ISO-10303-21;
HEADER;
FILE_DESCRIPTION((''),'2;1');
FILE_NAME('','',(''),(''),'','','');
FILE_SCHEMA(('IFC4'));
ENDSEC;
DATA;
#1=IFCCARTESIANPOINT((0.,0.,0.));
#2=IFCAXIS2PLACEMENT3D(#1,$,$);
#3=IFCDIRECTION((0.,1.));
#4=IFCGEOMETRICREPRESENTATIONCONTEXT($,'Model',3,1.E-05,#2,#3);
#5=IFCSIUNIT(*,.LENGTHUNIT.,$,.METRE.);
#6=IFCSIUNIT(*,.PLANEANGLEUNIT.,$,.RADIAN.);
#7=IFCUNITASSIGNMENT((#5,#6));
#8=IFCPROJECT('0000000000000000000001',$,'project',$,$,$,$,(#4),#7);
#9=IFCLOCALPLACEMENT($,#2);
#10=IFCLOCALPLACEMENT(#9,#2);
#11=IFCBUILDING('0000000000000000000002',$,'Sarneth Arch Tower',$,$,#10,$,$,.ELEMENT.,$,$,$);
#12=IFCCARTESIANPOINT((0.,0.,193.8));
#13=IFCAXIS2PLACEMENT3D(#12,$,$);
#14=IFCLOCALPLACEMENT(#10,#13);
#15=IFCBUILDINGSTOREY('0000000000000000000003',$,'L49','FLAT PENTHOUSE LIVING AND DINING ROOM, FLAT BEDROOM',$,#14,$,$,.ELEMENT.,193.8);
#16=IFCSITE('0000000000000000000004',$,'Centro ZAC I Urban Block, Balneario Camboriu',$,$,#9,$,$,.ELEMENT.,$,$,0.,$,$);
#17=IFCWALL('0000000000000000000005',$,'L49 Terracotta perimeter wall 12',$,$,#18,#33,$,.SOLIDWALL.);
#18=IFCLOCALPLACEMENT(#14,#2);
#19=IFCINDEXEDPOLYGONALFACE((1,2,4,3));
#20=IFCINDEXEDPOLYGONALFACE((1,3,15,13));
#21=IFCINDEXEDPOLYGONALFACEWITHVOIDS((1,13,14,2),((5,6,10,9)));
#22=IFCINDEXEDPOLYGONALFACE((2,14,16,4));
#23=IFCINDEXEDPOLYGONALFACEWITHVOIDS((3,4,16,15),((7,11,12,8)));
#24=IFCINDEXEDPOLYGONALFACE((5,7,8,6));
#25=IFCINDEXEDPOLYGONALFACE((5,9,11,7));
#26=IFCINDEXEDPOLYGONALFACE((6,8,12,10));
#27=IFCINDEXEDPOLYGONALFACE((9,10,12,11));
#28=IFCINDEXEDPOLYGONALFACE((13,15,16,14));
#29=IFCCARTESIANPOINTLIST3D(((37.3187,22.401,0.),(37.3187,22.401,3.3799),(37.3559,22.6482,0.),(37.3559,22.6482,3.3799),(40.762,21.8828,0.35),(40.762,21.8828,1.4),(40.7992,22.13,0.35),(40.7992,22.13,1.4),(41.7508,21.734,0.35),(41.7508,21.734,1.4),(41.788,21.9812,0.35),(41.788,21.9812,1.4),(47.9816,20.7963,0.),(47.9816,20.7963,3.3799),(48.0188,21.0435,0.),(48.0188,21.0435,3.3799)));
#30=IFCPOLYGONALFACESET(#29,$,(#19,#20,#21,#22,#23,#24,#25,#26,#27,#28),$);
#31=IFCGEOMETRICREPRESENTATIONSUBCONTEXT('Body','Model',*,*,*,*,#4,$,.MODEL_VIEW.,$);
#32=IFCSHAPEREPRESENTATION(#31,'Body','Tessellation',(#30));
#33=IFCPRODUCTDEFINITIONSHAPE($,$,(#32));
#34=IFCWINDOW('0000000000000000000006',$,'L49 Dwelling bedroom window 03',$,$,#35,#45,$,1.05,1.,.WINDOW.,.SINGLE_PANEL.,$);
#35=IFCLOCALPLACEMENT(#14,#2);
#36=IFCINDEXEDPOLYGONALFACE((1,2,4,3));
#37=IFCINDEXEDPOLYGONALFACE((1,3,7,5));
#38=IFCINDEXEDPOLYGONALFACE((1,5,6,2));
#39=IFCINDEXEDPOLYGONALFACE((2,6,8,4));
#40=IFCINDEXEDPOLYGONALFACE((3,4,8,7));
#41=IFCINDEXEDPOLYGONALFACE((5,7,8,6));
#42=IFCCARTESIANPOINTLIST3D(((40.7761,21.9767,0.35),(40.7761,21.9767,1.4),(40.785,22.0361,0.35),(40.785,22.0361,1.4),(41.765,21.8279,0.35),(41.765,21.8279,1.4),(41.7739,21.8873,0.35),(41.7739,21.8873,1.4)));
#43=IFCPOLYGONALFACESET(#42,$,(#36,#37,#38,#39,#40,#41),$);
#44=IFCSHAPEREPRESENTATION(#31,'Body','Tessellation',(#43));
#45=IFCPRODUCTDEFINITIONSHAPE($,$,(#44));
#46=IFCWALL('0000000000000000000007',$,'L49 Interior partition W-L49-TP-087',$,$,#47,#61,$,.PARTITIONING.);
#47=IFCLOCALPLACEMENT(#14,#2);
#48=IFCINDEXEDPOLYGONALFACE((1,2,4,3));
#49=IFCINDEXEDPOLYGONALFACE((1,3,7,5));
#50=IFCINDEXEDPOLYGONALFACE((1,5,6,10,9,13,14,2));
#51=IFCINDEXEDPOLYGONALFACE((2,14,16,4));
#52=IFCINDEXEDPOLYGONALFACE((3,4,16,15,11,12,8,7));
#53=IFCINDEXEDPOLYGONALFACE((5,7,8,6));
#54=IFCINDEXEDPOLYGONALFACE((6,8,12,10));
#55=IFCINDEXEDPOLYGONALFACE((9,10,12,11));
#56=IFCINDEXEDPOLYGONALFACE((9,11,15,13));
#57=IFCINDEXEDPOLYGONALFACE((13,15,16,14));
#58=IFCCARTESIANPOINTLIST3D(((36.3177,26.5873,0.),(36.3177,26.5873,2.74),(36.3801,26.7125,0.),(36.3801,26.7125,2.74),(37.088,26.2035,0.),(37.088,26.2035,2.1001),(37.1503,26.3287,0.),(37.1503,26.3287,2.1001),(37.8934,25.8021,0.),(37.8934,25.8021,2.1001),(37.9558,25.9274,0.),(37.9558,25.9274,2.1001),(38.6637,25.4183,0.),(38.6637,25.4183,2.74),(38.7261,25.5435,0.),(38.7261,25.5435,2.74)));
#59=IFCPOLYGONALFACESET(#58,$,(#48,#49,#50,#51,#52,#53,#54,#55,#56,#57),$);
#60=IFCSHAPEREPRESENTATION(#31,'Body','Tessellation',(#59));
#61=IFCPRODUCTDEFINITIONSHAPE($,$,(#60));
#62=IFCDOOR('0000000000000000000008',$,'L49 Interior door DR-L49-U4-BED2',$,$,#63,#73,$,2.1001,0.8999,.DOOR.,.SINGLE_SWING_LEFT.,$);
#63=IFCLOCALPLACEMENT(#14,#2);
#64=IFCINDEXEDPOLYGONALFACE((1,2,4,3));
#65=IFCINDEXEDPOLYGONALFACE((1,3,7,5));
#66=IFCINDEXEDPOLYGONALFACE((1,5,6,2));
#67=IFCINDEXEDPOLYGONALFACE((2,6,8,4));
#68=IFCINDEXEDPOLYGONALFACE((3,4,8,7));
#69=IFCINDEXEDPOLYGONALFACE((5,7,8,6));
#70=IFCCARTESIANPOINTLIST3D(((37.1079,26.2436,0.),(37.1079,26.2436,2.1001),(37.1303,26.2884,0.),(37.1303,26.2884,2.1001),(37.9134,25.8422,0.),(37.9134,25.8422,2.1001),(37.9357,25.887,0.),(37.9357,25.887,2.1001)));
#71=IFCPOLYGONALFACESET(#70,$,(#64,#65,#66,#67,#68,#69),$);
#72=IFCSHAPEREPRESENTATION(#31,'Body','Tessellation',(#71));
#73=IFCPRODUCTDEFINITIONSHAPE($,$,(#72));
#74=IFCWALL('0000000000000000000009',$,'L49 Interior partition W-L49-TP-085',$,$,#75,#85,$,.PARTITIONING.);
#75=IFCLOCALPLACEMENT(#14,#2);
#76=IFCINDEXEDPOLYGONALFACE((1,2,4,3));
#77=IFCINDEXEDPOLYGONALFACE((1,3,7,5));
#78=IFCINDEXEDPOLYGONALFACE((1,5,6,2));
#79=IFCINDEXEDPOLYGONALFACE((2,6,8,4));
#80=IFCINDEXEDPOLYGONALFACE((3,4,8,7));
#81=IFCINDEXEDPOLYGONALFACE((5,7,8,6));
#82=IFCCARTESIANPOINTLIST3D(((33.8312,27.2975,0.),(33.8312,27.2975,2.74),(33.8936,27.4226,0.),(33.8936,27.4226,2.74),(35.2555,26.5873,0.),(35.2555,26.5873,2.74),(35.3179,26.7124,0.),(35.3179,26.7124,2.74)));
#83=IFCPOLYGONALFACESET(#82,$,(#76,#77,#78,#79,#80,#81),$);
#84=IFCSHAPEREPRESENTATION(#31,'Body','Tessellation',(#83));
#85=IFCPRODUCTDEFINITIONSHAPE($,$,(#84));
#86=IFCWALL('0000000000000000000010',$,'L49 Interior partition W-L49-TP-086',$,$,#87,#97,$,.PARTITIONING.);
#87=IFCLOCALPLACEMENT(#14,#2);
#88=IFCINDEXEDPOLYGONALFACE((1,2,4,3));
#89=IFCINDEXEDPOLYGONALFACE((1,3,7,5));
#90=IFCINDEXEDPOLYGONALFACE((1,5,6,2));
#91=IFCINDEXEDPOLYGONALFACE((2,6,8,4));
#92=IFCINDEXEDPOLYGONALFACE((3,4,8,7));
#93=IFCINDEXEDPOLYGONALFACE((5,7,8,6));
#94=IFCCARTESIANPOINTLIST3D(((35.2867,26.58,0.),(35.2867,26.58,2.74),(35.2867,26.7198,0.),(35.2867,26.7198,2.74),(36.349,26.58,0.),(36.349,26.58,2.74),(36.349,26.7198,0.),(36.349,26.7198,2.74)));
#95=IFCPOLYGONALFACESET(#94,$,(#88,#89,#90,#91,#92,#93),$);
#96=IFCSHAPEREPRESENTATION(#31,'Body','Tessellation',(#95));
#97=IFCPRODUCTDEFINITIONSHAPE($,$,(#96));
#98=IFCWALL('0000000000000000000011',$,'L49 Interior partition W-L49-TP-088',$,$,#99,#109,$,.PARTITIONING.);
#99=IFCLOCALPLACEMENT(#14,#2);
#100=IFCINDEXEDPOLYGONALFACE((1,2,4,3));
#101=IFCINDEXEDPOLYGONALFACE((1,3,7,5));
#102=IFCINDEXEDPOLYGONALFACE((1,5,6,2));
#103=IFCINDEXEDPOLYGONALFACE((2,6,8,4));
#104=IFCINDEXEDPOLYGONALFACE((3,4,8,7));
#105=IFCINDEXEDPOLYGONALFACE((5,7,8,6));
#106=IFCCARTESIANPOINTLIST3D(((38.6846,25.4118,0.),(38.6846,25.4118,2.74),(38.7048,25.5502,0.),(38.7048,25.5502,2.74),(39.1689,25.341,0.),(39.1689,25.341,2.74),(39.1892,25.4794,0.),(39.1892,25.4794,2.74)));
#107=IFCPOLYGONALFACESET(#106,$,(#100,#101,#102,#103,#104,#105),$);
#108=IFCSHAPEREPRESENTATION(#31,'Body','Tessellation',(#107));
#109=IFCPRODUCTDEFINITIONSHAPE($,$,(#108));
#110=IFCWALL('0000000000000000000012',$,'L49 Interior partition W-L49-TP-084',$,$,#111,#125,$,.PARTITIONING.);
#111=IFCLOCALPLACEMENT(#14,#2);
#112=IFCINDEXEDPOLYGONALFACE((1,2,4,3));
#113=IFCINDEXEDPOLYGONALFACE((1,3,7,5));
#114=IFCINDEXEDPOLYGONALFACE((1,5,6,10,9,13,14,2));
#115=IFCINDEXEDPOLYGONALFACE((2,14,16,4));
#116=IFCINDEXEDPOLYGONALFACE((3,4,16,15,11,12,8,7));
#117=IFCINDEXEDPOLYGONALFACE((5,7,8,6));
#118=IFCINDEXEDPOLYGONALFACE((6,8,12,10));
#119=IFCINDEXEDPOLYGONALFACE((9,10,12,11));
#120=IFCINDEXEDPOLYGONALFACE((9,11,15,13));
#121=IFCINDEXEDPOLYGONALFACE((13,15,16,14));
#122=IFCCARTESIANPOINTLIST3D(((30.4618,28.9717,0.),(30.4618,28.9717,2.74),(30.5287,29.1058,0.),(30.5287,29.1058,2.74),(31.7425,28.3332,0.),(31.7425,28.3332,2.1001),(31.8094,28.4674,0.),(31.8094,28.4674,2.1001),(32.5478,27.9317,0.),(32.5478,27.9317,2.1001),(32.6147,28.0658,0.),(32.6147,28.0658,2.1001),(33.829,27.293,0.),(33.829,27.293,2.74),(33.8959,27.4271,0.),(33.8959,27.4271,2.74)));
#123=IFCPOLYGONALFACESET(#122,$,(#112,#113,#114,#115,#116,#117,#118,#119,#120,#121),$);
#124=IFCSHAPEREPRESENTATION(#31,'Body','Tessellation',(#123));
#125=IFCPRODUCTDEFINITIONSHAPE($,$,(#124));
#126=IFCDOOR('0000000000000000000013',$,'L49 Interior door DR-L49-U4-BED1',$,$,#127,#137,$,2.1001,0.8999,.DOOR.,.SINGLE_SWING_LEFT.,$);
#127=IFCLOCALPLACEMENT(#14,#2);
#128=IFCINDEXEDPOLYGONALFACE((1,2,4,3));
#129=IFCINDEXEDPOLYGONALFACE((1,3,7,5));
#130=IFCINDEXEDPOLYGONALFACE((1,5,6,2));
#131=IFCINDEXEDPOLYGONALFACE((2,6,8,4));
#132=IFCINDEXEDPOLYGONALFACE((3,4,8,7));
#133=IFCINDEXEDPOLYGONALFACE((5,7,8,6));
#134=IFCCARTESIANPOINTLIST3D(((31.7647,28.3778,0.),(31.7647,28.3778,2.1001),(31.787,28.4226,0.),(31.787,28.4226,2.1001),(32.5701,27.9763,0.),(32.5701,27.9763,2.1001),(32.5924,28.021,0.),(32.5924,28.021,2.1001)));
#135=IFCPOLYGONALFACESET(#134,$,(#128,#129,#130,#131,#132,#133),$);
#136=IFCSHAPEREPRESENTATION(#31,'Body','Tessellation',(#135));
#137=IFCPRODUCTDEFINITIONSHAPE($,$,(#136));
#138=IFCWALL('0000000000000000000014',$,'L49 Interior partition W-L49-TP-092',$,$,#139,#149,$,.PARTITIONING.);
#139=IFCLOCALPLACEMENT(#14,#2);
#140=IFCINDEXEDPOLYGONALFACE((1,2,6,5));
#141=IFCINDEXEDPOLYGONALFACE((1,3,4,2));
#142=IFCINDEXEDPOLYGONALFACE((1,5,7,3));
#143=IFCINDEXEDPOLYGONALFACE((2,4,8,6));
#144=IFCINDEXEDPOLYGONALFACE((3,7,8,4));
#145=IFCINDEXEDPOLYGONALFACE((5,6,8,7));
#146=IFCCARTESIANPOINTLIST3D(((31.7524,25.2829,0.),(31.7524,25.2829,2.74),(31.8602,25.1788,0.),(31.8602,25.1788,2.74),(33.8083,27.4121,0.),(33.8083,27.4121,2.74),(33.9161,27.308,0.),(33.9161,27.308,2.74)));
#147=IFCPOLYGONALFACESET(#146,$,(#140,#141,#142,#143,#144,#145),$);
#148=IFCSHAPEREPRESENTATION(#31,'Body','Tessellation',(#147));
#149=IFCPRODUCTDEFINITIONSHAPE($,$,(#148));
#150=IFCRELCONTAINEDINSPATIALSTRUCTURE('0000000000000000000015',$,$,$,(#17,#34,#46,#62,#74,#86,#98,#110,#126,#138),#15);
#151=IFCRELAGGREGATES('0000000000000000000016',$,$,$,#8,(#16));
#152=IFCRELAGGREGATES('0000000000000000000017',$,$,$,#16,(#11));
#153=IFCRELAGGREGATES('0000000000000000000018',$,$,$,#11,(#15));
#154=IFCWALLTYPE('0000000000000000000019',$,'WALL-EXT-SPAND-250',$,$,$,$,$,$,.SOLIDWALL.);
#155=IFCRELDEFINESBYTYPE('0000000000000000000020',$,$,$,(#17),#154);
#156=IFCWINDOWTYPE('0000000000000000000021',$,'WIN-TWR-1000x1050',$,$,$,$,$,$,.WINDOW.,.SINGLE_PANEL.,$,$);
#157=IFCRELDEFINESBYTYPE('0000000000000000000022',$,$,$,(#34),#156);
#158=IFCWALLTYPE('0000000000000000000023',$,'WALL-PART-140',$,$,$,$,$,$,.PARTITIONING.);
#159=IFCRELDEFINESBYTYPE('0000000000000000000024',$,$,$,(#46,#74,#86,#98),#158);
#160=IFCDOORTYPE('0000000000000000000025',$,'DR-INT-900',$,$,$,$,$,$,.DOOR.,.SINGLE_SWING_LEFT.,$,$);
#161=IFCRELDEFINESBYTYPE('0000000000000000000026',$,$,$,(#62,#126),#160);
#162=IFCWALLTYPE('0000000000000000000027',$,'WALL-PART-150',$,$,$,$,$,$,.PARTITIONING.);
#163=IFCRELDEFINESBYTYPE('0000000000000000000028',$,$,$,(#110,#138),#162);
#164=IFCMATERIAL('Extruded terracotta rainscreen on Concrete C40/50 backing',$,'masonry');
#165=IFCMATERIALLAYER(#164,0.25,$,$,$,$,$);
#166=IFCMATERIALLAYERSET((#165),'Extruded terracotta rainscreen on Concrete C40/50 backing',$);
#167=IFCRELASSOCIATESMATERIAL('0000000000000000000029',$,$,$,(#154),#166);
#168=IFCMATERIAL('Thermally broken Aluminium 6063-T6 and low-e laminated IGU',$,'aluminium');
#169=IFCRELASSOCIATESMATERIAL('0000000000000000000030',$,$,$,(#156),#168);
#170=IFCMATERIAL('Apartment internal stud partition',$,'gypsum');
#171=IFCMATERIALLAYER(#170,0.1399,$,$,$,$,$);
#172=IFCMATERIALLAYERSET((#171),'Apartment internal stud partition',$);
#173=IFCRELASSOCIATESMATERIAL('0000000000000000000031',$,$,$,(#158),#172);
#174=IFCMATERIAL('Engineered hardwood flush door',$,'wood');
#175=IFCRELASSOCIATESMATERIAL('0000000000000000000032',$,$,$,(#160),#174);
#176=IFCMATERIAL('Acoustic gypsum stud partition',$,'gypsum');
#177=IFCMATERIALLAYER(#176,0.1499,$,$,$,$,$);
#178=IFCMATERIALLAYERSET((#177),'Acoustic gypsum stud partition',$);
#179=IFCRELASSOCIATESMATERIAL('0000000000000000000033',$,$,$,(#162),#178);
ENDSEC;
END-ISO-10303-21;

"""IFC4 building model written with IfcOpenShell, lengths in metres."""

from ifc_helpers import new_model, si_unit, direction, frame, frame_2d, origin, place, context, subcontext, project, spatial, rectangle, extrude, material, layer, layer_set, type_object, element, fill, save


model = new_model("IFC4")

# Units and contexts
model_context = context("Model", 3, precision=1e-05, world=origin(), true_north=direction((0.0, 1.0)))
body_context = subcontext(model_context, "Body", "Model", "MODEL_VIEW")
ifc_project = project(units=[si_unit("LENGTHUNIT", "METRE"), si_unit("PLANEANGLEUNIT", "RADIAN")], contexts=[model_context])

# Site, building, storey
site_placement = place(None, origin())
site = spatial("IfcSite", under=ifc_project, at=site_placement, Name="Centro ZAC I Urban Block, Balneario Camboriu", CompositionType="ELEMENT", RefElevation=0.0)
building_placement = place(site_placement, origin())
building = spatial("IfcBuilding", under=site, at=building_placement, Name="Sarneth Arch Tower", CompositionType="ELEMENT")
storey_placement = place(building_placement, frame((0.0, 0.0, 193.8)))
storey = spatial("IfcBuildingStorey", under=building, at=storey_placement, Name="L49", Description="FLAT PENTHOUSE LIVING AND DINING ROOM, FLAT BEDROOM", CompositionType="ELEMENT", Elevation=193.8)

# Wall, opening, window
ifc_material_1 = material(Name="Extruded terracotta rainscreen on Concrete C40/50 backing", Category="masonry")
ifc_layer_1 = layer(ifc_material_1, 0.25)
ifc_layer_set_1 = layer_set([ifc_layer_1], Name="Extruded terracotta rainscreen on Concrete C40/50 backing")
wall_type_1 = type_object("IfcWallType", Name="WALL-EXT-SPAND-250", PredefinedType="SOLIDWALL", material=ifc_layer_set_1)
wall_1_placement = place(storey_placement, frame((37.3372, 22.5247, 0.0), z_axis=(0.0, 0.0, 1.0), x_axis=(0.988864, -0.148822, 0.0)))
wall_1 = element("IfcWall", 1, at=wall_1_placement, inside=storey, type_object=wall_type_1, Name="L49 Terracotta perimeter wall 12", PredefinedType="SOLIDWALL", context=body_context, shape_type="SweptSolid", body=[
    extrude(rectangle(XDim=10.783, YDim=0.25, at=frame_2d((5.3916, 0.0))), origin(), (0.0, 0.0, 1.0), 3.3799),
])
opening_1_placement = place(wall_1_placement, frame((3.4822, 0.0, 0.3501)))
opening_1 = element("IfcOpeningElement", 2, at=opening_1_placement, cuts=wall_1, PredefinedType="OPENING", context=body_context, shape_type="SweptSolid", body=[
    extrude(rectangle(XDim=1.0, YDim=1.05, at=frame_2d((0.5, 0.5249))), frame((0.0, 0.135, 0.0), z_axis=(0.0, -1.0, 0.0), x_axis=(1.0, 0.0, 0.0)), (0.0, 0.0, 1.0), 0.27),
])
ifc_material_2 = material(Name="Thermally broken Aluminium 6063-T6 and low-e laminated IGU", Category="aluminium")
window_type = type_object("IfcWindowType", Name="WIN-TWR-1000x1050", PartitioningType="SINGLE_PANEL", PredefinedType="WINDOW", material=ifc_material_2)
window_placement = place(opening_1_placement, origin())
window = element("IfcWindow", 3, at=window_placement, inside=storey, type_object=window_type, Name="L49 Dwelling bedroom window 03", OverallHeight=1.05, OverallWidth=1.0, PartitioningType="SINGLE_PANEL", PredefinedType="WINDOW", context=body_context, shape_type="SweptSolid", body=[
    extrude(rectangle(XDim=1.0, YDim=1.05, at=frame_2d((0.5, 0.5249))), frame((0.0, 0.03, 0.0), z_axis=(0.0, -1.0, 0.0), x_axis=(1.0, 0.0, 0.0)), (0.0, 0.0, 1.0), 0.0601),
])
fill(opening_1, window)

# Wall, opening, door
ifc_material_3 = material(Name="Apartment internal stud partition", Category="gypsum")
ifc_layer_2 = layer(ifc_material_3, 0.1399)
ifc_layer_set_2 = layer_set([ifc_layer_2], Name="Apartment internal stud partition")
wall_type_2 = type_object("IfcWallType", Name="WALL-PART-140", PredefinedType="PARTITIONING", material=ifc_layer_set_2)
wall_2_placement = place(storey_placement, frame((36.3489, 26.6499, 0.0), z_axis=(0.0, 0.0, 1.0), x_axis=(0.895041, -0.445984, 0.0)))
wall_2 = element("IfcWall", 4, at=wall_2_placement, inside=storey, type_object=wall_type_2, Name="L49 Interior partition W-L49-TP-087", PredefinedType="PARTITIONING", context=body_context, shape_type="SweptSolid", body=[
    extrude(rectangle(XDim=2.6211, YDim=0.1399, at=frame_2d((1.3105, 0.0))), origin(), (0.0, 0.0, 1.0), 2.74),
])
opening_2_placement = place(wall_2_placement, frame((0.8606, 0.0, 0.0)))
opening_2 = element("IfcOpeningElement", 5, at=opening_2_placement, cuts=wall_2, PredefinedType="OPENING", context=body_context, shape_type="SweptSolid", body=[
    extrude(rectangle(XDim=0.8999, YDim=2.1001, at=frame_2d((0.45, 1.05))), frame((0.0, 0.0798, 0.0), z_axis=(0.0, -1.0, 0.0), x_axis=(1.0, 0.0, 0.0)), (0.0, 0.0, 1.0), 0.1599),
])
ifc_material_4 = material(Name="Engineered hardwood flush door", Category="wood")
door_type_1 = type_object("IfcDoorType", Name="DR-INT-900", OperationType="SINGLE_SWING_LEFT", PredefinedType="DOOR", material=ifc_material_4)
door_1_placement = place(opening_2_placement, origin())
door_1 = element("IfcDoor", 6, at=door_1_placement, inside=storey, type_object=door_type_1, Name="L49 Interior door DR-L49-U4-BED2", OperationType="SINGLE_SWING_LEFT", OverallHeight=2.1001, OverallWidth=0.8999, PredefinedType="DOOR", context=body_context, shape_type="SweptSolid", body=[
    extrude(rectangle(XDim=0.8999, YDim=2.1001, at=frame_2d((0.45, 1.05))), frame((0.0, 0.0249, 0.0), z_axis=(0.0, -1.0, 0.0), x_axis=(1.0, 0.0, 0.0)), (0.0, 0.0, 1.0), 0.05),
])
fill(opening_2, door_1)

# Walls
wall_3_placement = place(storey_placement, frame((33.8623, 27.3601, 0.0), z_axis=(0.0, 0.0, 1.0), x_axis=(0.894918, -0.446232, 0.0)))
element("IfcWall", 7, at=wall_3_placement, inside=storey, type_object=wall_type_2, Name="L49 Interior partition W-L49-TP-085", PredefinedType="PARTITIONING", context=body_context, shape_type="SweptSolid", body=[
    extrude(rectangle(XDim=1.5916, YDim=0.1399, at=frame_2d((0.7959, 0.0))), origin(), (0.0, 0.0, 1.0), 2.74),
])
wall_4_placement = place(storey_placement, frame((35.2866, 26.6499, 0.0), z_axis=(0.0, 0.0, 1.0), x_axis=(1.0, 0.0, 0.0)))
element("IfcWall", 8, at=wall_4_placement, inside=storey, type_object=wall_type_2, Name="L49 Interior partition W-L49-TP-086", PredefinedType="PARTITIONING", context=body_context, shape_type="SweptSolid", body=[
    extrude(rectangle(XDim=1.0623, YDim=0.1399, at=frame_2d((0.5312, 0.0))), origin(), (0.0, 0.0, 1.0), 2.74),
])
wall_5_placement = place(storey_placement, frame((38.6948, 25.481, 0.0), z_axis=(0.0, 0.0, 1.0), x_axis=(0.989485, -0.144632, 0.0)))
element("IfcWall", 9, at=wall_5_placement, inside=storey, type_object=wall_type_2, Name="L49 Interior partition W-L49-TP-088", PredefinedType="PARTITIONING", context=body_context, shape_type="SweptSolid", body=[
    extrude(rectangle(XDim=0.4895, YDim=0.1399, at=frame_2d((0.2446, 0.0))), origin(), (0.0, 0.0, 1.0), 2.74),
])

# Wall, opening, door
ifc_material_5 = material(Name="Acoustic gypsum stud partition", Category="gypsum")
ifc_layer_3 = layer(ifc_material_5, 0.1499)
ifc_layer_set_3 = layer_set([ifc_layer_3], Name="Acoustic gypsum stud partition")
wall_type_3 = type_object("IfcWallType", Name="WALL-PART-150", PredefinedType="PARTITIONING", material=ifc_layer_set_3)
wall_6_placement = place(storey_placement, frame((30.4951, 29.0388, 0.0), z_axis=(0.0, 0.0, 1.0), x_axis=(0.894946, -0.446175, 0.0)))
wall_6 = element("IfcWall", 10, at=wall_6_placement, inside=storey, type_object=wall_type_3, Name="L49 Interior partition W-L49-TP-084", PredefinedType="PARTITIONING", context=body_context, shape_type="SweptSolid", body=[
    extrude(rectangle(XDim=3.7625, YDim=0.1499, at=frame_2d((1.8813, 0.0))), origin(), (0.0, 0.0, 1.0), 2.74),
])
opening_3_placement = place(wall_6_placement, frame((1.4312, 0.0, 0.0)))
opening_3 = element("IfcOpeningElement", 11, at=opening_3_placement, cuts=wall_6, PredefinedType="OPENING", context=body_context, shape_type="SweptSolid", body=[
    extrude(rectangle(XDim=0.8999, YDim=2.1001, at=frame_2d((0.45, 1.05))), frame((0.0, 0.085, 0.0), z_axis=(0.0, -1.0, 0.0), x_axis=(1.0, 0.0, 0.0)), (0.0, 0.0, 1.0), 0.1699),
])
door_2_placement = place(opening_3_placement, origin())
door_2 = element("IfcDoor", 12, at=door_2_placement, inside=storey, type_object=door_type_1, Name="L49 Interior door DR-L49-U4-BED1", OperationType="SINGLE_SWING_LEFT", OverallHeight=2.1001, OverallWidth=0.8999, PredefinedType="DOOR", context=body_context, shape_type="SweptSolid", body=[
    extrude(rectangle(XDim=0.8999, YDim=2.1001, at=frame_2d((0.45, 1.05))), frame((0.0, 0.0249, 0.0), z_axis=(0.0, -1.0, 0.0), x_axis=(1.0, 0.0, 0.0)), (0.0, 0.0, 1.0), 0.05),
])
fill(opening_3, door_2)

# Wall
wall_7_placement = place(storey_placement, frame((33.8623, 27.3601, 0.0), z_axis=(0.0, 0.0, 1.0), x_axis=(-0.694625, -0.719372, 0.0)))
element("IfcWall", 13, at=wall_7_placement, inside=storey, type_object=wall_type_3, Name="L49 Interior partition W-L49-TP-092", PredefinedType="PARTITIONING", context=body_context, shape_type="SweptSolid", body=[
    extrude(rectangle(XDim=2.9597, YDim=0.1499, at=frame_2d((1.48, 0.0))), origin(), (0.0, 0.0, 1.0), 2.74),
])

save(model, "model.ifc")
